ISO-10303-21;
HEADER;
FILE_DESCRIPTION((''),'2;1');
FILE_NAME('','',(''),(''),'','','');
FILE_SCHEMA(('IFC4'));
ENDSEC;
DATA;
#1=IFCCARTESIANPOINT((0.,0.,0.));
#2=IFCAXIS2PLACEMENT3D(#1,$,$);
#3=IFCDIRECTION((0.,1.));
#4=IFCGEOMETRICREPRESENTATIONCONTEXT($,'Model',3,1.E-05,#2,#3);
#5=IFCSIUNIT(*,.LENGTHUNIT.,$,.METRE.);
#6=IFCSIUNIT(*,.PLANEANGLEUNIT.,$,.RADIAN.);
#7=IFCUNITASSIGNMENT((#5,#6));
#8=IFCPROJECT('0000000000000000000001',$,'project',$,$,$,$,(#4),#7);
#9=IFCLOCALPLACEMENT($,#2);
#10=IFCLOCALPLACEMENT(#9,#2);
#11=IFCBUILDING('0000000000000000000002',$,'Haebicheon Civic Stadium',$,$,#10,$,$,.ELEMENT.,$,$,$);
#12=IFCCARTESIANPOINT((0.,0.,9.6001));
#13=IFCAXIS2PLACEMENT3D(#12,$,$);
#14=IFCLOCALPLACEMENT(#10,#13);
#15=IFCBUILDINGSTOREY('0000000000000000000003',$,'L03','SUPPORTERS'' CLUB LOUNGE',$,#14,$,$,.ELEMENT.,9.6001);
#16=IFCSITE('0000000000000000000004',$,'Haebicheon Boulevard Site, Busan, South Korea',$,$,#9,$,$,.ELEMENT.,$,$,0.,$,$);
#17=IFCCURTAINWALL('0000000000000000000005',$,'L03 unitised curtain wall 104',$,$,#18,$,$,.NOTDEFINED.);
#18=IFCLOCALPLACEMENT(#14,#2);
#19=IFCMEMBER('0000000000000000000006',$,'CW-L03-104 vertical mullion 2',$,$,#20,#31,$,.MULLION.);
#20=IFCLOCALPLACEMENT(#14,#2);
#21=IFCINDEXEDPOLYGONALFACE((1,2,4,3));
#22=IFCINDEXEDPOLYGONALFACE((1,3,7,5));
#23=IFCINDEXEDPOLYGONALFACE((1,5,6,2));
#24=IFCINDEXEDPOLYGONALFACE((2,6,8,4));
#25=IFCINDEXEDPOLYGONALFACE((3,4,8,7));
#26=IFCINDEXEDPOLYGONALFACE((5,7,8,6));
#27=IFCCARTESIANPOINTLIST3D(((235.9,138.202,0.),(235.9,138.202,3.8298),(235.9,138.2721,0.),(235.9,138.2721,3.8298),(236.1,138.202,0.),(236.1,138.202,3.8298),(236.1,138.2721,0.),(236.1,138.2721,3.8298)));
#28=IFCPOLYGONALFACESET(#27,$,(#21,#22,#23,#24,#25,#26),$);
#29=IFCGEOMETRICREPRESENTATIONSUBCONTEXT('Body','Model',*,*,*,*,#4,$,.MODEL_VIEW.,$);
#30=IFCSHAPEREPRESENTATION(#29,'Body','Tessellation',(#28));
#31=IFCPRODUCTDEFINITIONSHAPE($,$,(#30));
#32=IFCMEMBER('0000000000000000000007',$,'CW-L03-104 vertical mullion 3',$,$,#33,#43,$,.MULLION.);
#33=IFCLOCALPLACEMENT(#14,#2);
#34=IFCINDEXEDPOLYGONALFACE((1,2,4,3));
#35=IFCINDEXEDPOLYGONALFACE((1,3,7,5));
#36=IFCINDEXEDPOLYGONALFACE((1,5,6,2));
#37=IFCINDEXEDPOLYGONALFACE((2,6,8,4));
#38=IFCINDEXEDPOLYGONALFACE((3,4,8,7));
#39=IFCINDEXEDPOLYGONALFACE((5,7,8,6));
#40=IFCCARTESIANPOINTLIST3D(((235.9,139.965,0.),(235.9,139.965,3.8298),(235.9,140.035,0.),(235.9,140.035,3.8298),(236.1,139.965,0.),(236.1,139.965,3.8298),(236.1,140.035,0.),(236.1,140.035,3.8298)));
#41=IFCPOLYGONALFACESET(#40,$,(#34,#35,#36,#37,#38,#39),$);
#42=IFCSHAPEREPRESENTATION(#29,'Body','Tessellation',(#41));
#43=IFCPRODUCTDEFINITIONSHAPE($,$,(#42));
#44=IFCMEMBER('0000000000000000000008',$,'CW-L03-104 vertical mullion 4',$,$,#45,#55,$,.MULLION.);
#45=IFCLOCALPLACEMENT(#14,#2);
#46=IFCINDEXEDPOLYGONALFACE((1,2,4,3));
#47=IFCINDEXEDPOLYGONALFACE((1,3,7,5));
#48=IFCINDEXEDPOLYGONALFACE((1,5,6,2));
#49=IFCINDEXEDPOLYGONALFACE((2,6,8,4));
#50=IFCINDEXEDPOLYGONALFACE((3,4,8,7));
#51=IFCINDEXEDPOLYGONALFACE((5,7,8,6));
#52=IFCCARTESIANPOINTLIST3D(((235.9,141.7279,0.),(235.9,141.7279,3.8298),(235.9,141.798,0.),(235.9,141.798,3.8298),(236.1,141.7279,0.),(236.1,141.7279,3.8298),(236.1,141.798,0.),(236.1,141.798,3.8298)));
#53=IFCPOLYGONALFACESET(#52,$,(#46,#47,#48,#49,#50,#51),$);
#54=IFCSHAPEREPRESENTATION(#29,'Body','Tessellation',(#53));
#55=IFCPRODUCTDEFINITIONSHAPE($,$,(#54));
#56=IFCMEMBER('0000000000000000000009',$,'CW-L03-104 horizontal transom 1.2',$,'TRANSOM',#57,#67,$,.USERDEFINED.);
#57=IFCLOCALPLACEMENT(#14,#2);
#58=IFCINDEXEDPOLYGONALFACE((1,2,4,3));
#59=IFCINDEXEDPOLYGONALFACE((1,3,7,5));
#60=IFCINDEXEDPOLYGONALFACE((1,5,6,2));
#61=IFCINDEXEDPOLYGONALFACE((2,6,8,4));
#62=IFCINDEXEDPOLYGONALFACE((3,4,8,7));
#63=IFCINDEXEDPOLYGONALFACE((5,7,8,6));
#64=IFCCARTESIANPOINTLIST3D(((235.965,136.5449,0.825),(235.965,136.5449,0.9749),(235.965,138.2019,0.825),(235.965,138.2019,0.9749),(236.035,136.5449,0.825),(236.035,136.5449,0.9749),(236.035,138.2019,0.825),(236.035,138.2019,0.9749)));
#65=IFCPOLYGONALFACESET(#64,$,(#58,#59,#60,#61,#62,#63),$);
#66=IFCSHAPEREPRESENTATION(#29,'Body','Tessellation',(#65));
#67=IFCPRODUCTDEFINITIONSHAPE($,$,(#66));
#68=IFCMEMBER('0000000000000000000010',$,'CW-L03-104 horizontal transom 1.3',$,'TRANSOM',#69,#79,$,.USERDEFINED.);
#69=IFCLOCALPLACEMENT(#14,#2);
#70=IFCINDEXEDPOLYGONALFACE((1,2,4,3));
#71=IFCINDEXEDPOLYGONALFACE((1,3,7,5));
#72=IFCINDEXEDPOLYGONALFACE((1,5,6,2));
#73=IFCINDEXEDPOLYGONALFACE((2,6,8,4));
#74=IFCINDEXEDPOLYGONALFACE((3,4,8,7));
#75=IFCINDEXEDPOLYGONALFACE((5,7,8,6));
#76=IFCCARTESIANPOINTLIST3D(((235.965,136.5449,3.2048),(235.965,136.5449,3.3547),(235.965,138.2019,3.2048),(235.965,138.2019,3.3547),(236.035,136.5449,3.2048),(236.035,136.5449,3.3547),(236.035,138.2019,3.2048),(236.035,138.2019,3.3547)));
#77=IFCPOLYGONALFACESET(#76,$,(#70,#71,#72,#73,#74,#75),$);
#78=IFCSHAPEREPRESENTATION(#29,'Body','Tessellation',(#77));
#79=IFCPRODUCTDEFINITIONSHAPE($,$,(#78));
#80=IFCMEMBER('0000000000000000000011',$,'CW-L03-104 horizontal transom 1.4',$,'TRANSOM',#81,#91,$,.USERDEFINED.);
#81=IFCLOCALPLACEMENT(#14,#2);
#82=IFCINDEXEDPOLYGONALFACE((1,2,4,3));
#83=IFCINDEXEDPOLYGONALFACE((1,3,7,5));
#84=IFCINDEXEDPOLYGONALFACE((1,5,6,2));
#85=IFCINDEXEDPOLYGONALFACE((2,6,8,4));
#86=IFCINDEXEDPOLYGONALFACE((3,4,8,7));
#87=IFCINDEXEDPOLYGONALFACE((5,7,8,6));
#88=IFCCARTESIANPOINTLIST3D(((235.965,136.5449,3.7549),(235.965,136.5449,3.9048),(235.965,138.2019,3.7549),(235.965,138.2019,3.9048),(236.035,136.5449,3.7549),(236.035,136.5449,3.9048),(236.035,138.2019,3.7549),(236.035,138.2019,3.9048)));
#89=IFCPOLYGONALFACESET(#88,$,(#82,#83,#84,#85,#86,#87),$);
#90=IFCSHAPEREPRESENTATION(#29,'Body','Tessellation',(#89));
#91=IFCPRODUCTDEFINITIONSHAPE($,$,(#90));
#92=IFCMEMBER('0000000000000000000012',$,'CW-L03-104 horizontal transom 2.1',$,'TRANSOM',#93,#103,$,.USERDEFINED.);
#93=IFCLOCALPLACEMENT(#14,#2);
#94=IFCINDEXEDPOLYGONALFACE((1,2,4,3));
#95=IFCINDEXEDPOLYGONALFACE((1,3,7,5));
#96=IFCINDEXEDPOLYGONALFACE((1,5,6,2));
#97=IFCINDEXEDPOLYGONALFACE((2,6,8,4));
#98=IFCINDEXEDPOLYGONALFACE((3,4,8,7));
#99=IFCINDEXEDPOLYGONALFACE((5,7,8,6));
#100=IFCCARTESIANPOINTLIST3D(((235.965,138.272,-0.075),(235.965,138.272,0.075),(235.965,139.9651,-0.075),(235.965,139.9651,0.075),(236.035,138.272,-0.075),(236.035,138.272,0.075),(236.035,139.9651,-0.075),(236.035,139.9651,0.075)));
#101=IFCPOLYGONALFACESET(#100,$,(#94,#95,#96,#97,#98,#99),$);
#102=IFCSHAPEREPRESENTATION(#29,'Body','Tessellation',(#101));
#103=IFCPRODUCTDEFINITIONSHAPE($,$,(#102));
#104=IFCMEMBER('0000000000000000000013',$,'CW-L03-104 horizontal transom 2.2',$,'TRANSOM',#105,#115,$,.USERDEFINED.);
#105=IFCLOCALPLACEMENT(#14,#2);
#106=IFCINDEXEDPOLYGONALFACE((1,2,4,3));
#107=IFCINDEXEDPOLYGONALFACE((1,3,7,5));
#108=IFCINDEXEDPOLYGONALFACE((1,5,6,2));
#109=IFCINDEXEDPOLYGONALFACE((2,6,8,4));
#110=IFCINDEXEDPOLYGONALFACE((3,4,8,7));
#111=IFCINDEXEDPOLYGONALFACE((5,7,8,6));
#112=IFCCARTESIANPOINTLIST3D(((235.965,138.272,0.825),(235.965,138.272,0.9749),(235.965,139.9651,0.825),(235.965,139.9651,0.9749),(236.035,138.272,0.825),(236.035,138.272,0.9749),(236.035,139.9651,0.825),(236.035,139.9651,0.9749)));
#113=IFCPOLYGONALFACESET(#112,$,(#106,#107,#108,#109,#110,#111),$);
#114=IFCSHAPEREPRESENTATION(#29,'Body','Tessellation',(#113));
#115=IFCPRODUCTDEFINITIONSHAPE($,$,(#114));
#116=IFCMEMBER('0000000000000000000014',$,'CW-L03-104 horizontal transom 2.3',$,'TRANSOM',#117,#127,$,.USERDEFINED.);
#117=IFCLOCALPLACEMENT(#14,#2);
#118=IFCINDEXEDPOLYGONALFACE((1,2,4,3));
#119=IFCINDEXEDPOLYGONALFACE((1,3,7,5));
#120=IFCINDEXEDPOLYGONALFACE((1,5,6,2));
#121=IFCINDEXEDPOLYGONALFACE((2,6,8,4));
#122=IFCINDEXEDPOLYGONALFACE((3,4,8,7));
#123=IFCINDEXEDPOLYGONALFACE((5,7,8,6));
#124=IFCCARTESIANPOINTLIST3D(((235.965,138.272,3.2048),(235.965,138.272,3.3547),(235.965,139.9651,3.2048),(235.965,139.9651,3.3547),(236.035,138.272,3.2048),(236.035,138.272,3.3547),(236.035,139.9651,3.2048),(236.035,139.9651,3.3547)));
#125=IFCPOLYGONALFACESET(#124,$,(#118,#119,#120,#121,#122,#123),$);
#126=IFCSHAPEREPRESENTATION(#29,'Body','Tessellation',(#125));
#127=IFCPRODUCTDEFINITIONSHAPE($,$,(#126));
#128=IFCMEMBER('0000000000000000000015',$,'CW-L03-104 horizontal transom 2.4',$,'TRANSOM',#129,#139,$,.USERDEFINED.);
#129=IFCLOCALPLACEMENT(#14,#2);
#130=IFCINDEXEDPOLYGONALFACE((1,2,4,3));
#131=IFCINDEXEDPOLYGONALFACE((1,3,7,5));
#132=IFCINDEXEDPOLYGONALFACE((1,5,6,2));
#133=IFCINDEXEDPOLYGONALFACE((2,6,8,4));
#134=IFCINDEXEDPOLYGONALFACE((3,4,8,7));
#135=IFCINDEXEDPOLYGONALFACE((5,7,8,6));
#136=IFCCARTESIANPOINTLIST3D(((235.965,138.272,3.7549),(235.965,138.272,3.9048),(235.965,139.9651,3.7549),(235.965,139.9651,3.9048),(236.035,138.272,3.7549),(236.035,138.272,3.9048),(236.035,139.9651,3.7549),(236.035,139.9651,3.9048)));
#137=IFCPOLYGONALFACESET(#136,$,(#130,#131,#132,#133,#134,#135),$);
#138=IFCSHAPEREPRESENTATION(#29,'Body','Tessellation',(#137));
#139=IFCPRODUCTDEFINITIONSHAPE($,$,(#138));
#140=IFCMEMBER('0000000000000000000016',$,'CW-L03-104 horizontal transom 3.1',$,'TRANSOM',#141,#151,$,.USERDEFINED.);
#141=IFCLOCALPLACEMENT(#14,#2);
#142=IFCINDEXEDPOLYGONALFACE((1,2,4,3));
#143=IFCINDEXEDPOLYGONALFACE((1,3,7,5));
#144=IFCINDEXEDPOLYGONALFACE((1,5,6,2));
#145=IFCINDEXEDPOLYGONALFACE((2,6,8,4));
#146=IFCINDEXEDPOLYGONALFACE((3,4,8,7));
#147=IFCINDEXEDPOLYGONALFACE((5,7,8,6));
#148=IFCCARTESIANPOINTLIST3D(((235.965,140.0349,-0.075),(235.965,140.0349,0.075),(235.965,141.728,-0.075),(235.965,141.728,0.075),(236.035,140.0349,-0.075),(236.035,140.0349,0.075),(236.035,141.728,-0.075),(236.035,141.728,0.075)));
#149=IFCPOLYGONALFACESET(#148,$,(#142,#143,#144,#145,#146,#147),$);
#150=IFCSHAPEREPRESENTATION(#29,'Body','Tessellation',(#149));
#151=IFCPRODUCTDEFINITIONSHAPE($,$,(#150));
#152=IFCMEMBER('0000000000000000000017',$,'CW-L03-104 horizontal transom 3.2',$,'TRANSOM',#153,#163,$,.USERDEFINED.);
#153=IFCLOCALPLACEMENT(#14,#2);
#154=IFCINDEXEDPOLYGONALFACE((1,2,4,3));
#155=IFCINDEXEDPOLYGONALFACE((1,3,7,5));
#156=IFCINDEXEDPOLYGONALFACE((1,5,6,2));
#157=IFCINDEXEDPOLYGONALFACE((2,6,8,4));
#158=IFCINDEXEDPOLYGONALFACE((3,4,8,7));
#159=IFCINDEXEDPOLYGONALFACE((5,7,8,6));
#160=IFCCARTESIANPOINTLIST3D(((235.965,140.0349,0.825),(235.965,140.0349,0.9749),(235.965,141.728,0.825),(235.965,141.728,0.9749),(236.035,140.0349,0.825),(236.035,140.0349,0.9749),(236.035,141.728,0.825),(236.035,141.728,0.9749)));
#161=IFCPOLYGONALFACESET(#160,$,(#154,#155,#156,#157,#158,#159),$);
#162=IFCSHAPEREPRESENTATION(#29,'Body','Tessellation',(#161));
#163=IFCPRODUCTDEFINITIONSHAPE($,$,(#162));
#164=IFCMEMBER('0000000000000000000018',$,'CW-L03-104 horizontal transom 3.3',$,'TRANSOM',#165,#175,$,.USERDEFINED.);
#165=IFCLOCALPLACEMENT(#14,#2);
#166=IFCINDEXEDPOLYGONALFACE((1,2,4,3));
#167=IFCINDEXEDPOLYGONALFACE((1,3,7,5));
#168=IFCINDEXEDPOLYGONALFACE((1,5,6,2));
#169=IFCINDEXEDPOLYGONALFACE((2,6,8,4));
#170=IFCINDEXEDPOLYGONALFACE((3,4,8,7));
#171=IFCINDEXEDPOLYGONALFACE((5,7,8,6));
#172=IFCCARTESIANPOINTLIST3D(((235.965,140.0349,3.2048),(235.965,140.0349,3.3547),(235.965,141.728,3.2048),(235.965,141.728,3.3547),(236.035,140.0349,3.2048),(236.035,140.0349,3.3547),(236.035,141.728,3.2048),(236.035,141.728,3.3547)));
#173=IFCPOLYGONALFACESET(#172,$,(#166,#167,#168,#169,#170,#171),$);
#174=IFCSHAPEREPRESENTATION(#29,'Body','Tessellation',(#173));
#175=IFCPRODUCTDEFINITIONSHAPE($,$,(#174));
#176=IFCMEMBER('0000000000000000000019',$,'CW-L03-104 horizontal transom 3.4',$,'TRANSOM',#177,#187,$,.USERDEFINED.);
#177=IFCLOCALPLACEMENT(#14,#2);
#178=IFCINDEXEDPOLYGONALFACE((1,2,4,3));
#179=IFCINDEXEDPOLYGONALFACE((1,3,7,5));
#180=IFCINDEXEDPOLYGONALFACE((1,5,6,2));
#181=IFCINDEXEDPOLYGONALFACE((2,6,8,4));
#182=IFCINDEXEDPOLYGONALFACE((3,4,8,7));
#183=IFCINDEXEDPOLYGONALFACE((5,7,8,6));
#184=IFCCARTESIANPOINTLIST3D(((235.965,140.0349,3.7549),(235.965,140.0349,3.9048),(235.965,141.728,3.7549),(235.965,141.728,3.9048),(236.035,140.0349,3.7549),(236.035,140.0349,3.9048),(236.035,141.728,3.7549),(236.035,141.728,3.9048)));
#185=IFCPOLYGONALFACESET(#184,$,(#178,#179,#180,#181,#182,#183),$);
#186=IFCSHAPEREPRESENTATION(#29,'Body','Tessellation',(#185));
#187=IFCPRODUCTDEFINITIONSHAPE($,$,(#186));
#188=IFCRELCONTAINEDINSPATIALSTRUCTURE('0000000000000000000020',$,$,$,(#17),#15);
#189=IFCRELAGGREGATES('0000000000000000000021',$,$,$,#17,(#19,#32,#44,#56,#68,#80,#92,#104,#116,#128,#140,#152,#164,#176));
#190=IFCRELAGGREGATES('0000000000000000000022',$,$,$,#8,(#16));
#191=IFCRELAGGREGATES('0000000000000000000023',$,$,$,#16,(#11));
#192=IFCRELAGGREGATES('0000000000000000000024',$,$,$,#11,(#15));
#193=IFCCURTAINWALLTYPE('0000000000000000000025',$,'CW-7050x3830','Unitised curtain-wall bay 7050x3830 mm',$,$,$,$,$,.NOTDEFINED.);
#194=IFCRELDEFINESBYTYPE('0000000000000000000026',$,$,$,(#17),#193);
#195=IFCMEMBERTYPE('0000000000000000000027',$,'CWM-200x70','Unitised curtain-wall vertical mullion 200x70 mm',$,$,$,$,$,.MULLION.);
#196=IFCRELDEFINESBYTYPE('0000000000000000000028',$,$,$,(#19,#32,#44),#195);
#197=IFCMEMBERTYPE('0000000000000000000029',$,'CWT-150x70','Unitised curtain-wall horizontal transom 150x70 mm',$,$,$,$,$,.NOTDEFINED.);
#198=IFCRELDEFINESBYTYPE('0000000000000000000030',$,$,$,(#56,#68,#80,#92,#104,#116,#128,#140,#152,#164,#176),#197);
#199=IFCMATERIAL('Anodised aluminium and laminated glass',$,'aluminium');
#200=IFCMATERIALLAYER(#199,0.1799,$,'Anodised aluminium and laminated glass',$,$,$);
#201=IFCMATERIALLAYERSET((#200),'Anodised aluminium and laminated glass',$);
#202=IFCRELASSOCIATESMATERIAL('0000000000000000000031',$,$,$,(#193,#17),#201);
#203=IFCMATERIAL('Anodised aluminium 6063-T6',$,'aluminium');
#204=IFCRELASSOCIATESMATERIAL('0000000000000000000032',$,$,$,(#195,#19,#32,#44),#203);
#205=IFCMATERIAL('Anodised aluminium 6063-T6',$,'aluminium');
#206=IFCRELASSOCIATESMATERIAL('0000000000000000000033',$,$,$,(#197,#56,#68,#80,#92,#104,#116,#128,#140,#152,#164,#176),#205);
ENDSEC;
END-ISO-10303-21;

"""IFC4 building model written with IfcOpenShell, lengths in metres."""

from ifc_helpers import new_model, si_unit, direction, frame, origin, origin_2d, place, context, subcontext, project, spatial, rectangle, extrude, material, layer, layer_set, material_profile, profile_set, type_object, element, aggregate, save


model = new_model("IFC4")

# Units and contexts
model_context = context("Model", 3, precision=1e-05, world=origin(), true_north=direction((0.0, 1.0)))
body_context = subcontext(model_context, "Body", "Model", "MODEL_VIEW")
ifc_project = project(units=[si_unit("LENGTHUNIT", "METRE"), si_unit("PLANEANGLEUNIT", "RADIAN")], contexts=[model_context])

# Site, building, storey
site_placement = place(None, origin())
site = spatial("IfcSite", under=ifc_project, at=site_placement, Name="Haebicheon Boulevard Site, Busan, South Korea", CompositionType="ELEMENT", RefElevation=0.0)
building_placement = place(site_placement, origin())
building = spatial("IfcBuilding", under=site, at=building_placement, Name="Haebicheon Civic Stadium", CompositionType="ELEMENT")
storey_placement = place(building_placement, frame((0.0, 0.0, 9.6001)))
storey = spatial("IfcBuildingStorey", under=building, at=storey_placement, Name="L03", Description="SUPPORTERS' CLUB LOUNGE", CompositionType="ELEMENT", Elevation=9.6001)

# Curtain wall, members
ifc_material_1 = material(Name="Anodised aluminium and laminated glass", Category="aluminium")
ifc_layer_1 = layer(ifc_material_1, 0.1799, Name="Anodised aluminium and laminated glass")
ifc_layer_set_1 = layer_set([ifc_layer_1], Name="Anodised aluminium and laminated glass")
curtain_wall_type = type_object("IfcCurtainWallType", Name="CW-7050x3830", Description="Unitised curtain-wall bay 7050x3830 mm", PredefinedType="NOTDEFINED", material=ifc_layer_set_1)
curtain_wall_placement = place(storey_placement, origin())
curtain_wall = element("IfcCurtainWall", 1, at=curtain_wall_placement, inside=storey, type_object=curtain_wall_type, material=ifc_layer_set_1, Name="L03 unitised curtain wall 104", PredefinedType="NOTDEFINED")
ifc_material_2 = material(Name="Anodised aluminium 6063-T6", Category="aluminium")
ifc_material_profile_1 = material_profile(ifc_material_2, rectangle(XDim=0.0701, YDim=0.2, at=origin_2d()), Name="ALU-MULL-70x200")
ifc_profile_set_1 = profile_set([ifc_material_profile_1], Name="Anodised aluminium 6063-T6")
member_type_1 = type_object("IfcMemberType", Name="CWM-200x70", Description="Unitised curtain-wall vertical mullion 200x70 mm", PredefinedType="MULLION", material=ifc_profile_set_1)
member_1_placement = place(storey_placement, frame((236.0, 138.2371, 0.0), z_axis=(0.0, 0.0, 1.0), x_axis=(0.0, 1.0, 0.0)))
member_1 = element("IfcMember", 2, at=member_1_placement, type_object=member_type_1, material=ifc_profile_set_1, Name="CW-L03-104 vertical mullion 2", PredefinedType="MULLION", context=body_context, shape_type="SweptSolid", body=[
    extrude(rectangle(XDim=0.0701, YDim=0.2, at=origin_2d()), origin(), (0.0, 0.0, 1.0), 3.8298),
])
member_2_placement = place(storey_placement, frame((236.0, 140.0, 0.0), z_axis=(0.0, 0.0, 1.0), x_axis=(0.0, 1.0, 0.0)))
member_2 = element("IfcMember", 3, at=member_2_placement, type_object=member_type_1, material=ifc_profile_set_1, Name="CW-L03-104 vertical mullion 3", PredefinedType="MULLION", context=body_context, shape_type="SweptSolid", body=[
    extrude(rectangle(XDim=0.0701, YDim=0.2, at=origin_2d()), origin(), (0.0, 0.0, 1.0), 3.8298),
])
member_3_placement = place(storey_placement, frame((236.0, 141.7629, 0.0), z_axis=(0.0, 0.0, 1.0), x_axis=(0.0, 1.0, 0.0)))
member_3 = element("IfcMember", 4, at=member_3_placement, type_object=member_type_1, material=ifc_profile_set_1, Name="CW-L03-104 vertical mullion 4", PredefinedType="MULLION", context=body_context, shape_type="SweptSolid", body=[
    extrude(rectangle(XDim=0.0701, YDim=0.2, at=origin_2d()), origin(), (0.0, 0.0, 1.0), 3.8298),
])
ifc_material_3 = material(Name="Anodised aluminium 6063-T6", Category="aluminium")
ifc_material_profile_2 = material_profile(ifc_material_3, rectangle(XDim=0.0701, YDim=0.1499, at=origin_2d()), Name="ALU-TRAN-70x150")
ifc_profile_set_2 = profile_set([ifc_material_profile_2], Name="Anodised aluminium 6063-T6")
member_type_2 = type_object("IfcMemberType", Name="CWT-150x70", Description="Unitised curtain-wall horizontal transom 150x70 mm", PredefinedType="NOTDEFINED", material=ifc_profile_set_2)
member_4_placement = place(storey_placement, frame((236.0, 136.5449, 0.8999), z_axis=(0.0, 1.0, 0.0), x_axis=(-1.0, 0.0, 0.0)))
member_4 = element("IfcMember", 5, at=member_4_placement, type_object=member_type_2, material=ifc_profile_set_2, Name="CW-L03-104 horizontal transom 1.2", ObjectType="TRANSOM", PredefinedType="USERDEFINED", context=body_context, shape_type="SweptSolid", body=[
    extrude(rectangle(XDim=0.0701, YDim=0.1499, at=origin_2d()), origin(), (0.0, 0.0, 1.0), 1.657),
])
member_5_placement = place(storey_placement, frame((236.0, 136.5449, 3.2798), z_axis=(0.0, 1.0, 0.0), x_axis=(-1.0, 0.0, 0.0)))
member_5 = element("IfcMember", 6, at=member_5_placement, type_object=member_type_2, material=ifc_profile_set_2, Name="CW-L03-104 horizontal transom 1.3", ObjectType="TRANSOM", PredefinedType="USERDEFINED", context=body_context, shape_type="SweptSolid", body=[
    extrude(rectangle(XDim=0.0701, YDim=0.1499, at=origin_2d()), origin(), (0.0, 0.0, 1.0), 1.657),
])
member_6_placement = place(storey_placement, frame((236.0, 136.5449, 3.8298), z_axis=(0.0, 1.0, 0.0), x_axis=(-1.0, 0.0, 0.0)))
member_6 = element("IfcMember", 7, at=member_6_placement, type_object=member_type_2, material=ifc_profile_set_2, Name="CW-L03-104 horizontal transom 1.4", ObjectType="TRANSOM", PredefinedType="USERDEFINED", context=body_context, shape_type="SweptSolid", body=[
    extrude(rectangle(XDim=0.0701, YDim=0.1499, at=origin_2d()), origin(), (0.0, 0.0, 1.0), 1.657),
])
member_7_placement = place(storey_placement, frame((236.0, 138.272, 0.0), z_axis=(0.0, 1.0, 0.0), x_axis=(-1.0, 0.0, 0.0)))
member_7 = element("IfcMember", 8, at=member_7_placement, type_object=member_type_2, material=ifc_profile_set_2, Name="CW-L03-104 horizontal transom 2.1", ObjectType="TRANSOM", PredefinedType="USERDEFINED", context=body_context, shape_type="SweptSolid", body=[
    extrude(rectangle(XDim=0.0701, YDim=0.1499, at=origin_2d()), origin(), (0.0, 0.0, 1.0), 1.6931),
])
member_8_placement = place(storey_placement, frame((236.0, 138.272, 0.8999), z_axis=(0.0, 1.0, 0.0), x_axis=(-1.0, 0.0, 0.0)))
member_8 = element("IfcMember", 9, at=member_8_placement, type_object=member_type_2, material=ifc_profile_set_2, Name="CW-L03-104 horizontal transom 2.2", ObjectType="TRANSOM", PredefinedType="USERDEFINED", context=body_context, shape_type="SweptSolid", body=[
    extrude(rectangle(XDim=0.0701, YDim=0.1499, at=origin_2d()), origin(), (0.0, 0.0, 1.0), 1.6931),
])
member_9_placement = place(storey_placement, frame((236.0, 138.272, 3.2798), z_axis=(0.0, 1.0, 0.0), x_axis=(-1.0, 0.0, 0.0)))
member_9 = element("IfcMember", 10, at=member_9_placement, type_object=member_type_2, material=ifc_profile_set_2, Name="CW-L03-104 horizontal transom 2.3", ObjectType="TRANSOM", PredefinedType="USERDEFINED", context=body_context, shape_type="SweptSolid", body=[
    extrude(rectangle(XDim=0.0701, YDim=0.1499, at=origin_2d()), origin(), (0.0, 0.0, 1.0), 1.6931),
])
member_10_placement = place(storey_placement, frame((236.0, 138.272, 3.8298), z_axis=(0.0, 1.0, 0.0), x_axis=(-1.0, 0.0, 0.0)))
member_10 = element("IfcMember", 11, at=member_10_placement, type_object=member_type_2, material=ifc_profile_set_2, Name="CW-L03-104 horizontal transom 2.4", ObjectType="TRANSOM", PredefinedType="USERDEFINED", context=body_context, shape_type="SweptSolid", body=[
    extrude(rectangle(XDim=0.0701, YDim=0.1499, at=origin_2d()), origin(), (0.0, 0.0, 1.0), 1.6931),
])
member_11_placement = place(storey_placement, frame((236.0, 140.0349, 0.0), z_axis=(0.0, 1.0, 0.0), x_axis=(-1.0, 0.0, 0.0)))
member_11 = element("IfcMember", 12, at=member_11_placement, type_object=member_type_2, material=ifc_profile_set_2, Name="CW-L03-104 horizontal transom 3.1", ObjectType="TRANSOM", PredefinedType="USERDEFINED", context=body_context, shape_type="SweptSolid", body=[
    extrude(rectangle(XDim=0.0701, YDim=0.1499, at=origin_2d()), origin(), (0.0, 0.0, 1.0), 1.6931),
])
member_12_placement = place(storey_placement, frame((236.0, 140.0349, 0.8999), z_axis=(0.0, 1.0, 0.0), x_axis=(-1.0, 0.0, 0.0)))
member_12 = element("IfcMember", 13, at=member_12_placement, type_object=member_type_2, material=ifc_profile_set_2, Name="CW-L03-104 horizontal transom 3.2", ObjectType="TRANSOM", PredefinedType="USERDEFINED", context=body_context, shape_type="SweptSolid", body=[
    extrude(rectangle(XDim=0.0701, YDim=0.1499, at=origin_2d()), origin(), (0.0, 0.0, 1.0), 1.6931),
])
member_13_placement = place(storey_placement, frame((236.0, 140.0349, 3.2798), z_axis=(0.0, 1.0, 0.0), x_axis=(-1.0, 0.0, 0.0)))
member_13 = element("IfcMember", 14, at=member_13_placement, type_object=member_type_2, material=ifc_profile_set_2, Name="CW-L03-104 horizontal transom 3.3", ObjectType="TRANSOM", PredefinedType="USERDEFINED", context=body_context, shape_type="SweptSolid", body=[
    extrude(rectangle(XDim=0.0701, YDim=0.1499, at=origin_2d()), origin(), (0.0, 0.0, 1.0), 1.6931),
])
member_14_placement = place(storey_placement, frame((236.0, 140.0349, 3.8298), z_axis=(0.0, 1.0, 0.0), x_axis=(-1.0, 0.0, 0.0)))
member_14 = element("IfcMember", 15, at=member_14_placement, type_object=member_type_2, material=ifc_profile_set_2, Name="CW-L03-104 horizontal transom 3.4", ObjectType="TRANSOM", PredefinedType="USERDEFINED", context=body_context, shape_type="SweptSolid", body=[
    extrude(rectangle(XDim=0.0701, YDim=0.1499, at=origin_2d()), origin(), (0.0, 0.0, 1.0), 1.6931),
])

aggregate(curtain_wall, [member_1, member_2, member_3, member_4, member_5, member_6, member_7, member_8, member_9, member_10, member_11, member_12, member_13, member_14])

save(model, "model.ifc")
